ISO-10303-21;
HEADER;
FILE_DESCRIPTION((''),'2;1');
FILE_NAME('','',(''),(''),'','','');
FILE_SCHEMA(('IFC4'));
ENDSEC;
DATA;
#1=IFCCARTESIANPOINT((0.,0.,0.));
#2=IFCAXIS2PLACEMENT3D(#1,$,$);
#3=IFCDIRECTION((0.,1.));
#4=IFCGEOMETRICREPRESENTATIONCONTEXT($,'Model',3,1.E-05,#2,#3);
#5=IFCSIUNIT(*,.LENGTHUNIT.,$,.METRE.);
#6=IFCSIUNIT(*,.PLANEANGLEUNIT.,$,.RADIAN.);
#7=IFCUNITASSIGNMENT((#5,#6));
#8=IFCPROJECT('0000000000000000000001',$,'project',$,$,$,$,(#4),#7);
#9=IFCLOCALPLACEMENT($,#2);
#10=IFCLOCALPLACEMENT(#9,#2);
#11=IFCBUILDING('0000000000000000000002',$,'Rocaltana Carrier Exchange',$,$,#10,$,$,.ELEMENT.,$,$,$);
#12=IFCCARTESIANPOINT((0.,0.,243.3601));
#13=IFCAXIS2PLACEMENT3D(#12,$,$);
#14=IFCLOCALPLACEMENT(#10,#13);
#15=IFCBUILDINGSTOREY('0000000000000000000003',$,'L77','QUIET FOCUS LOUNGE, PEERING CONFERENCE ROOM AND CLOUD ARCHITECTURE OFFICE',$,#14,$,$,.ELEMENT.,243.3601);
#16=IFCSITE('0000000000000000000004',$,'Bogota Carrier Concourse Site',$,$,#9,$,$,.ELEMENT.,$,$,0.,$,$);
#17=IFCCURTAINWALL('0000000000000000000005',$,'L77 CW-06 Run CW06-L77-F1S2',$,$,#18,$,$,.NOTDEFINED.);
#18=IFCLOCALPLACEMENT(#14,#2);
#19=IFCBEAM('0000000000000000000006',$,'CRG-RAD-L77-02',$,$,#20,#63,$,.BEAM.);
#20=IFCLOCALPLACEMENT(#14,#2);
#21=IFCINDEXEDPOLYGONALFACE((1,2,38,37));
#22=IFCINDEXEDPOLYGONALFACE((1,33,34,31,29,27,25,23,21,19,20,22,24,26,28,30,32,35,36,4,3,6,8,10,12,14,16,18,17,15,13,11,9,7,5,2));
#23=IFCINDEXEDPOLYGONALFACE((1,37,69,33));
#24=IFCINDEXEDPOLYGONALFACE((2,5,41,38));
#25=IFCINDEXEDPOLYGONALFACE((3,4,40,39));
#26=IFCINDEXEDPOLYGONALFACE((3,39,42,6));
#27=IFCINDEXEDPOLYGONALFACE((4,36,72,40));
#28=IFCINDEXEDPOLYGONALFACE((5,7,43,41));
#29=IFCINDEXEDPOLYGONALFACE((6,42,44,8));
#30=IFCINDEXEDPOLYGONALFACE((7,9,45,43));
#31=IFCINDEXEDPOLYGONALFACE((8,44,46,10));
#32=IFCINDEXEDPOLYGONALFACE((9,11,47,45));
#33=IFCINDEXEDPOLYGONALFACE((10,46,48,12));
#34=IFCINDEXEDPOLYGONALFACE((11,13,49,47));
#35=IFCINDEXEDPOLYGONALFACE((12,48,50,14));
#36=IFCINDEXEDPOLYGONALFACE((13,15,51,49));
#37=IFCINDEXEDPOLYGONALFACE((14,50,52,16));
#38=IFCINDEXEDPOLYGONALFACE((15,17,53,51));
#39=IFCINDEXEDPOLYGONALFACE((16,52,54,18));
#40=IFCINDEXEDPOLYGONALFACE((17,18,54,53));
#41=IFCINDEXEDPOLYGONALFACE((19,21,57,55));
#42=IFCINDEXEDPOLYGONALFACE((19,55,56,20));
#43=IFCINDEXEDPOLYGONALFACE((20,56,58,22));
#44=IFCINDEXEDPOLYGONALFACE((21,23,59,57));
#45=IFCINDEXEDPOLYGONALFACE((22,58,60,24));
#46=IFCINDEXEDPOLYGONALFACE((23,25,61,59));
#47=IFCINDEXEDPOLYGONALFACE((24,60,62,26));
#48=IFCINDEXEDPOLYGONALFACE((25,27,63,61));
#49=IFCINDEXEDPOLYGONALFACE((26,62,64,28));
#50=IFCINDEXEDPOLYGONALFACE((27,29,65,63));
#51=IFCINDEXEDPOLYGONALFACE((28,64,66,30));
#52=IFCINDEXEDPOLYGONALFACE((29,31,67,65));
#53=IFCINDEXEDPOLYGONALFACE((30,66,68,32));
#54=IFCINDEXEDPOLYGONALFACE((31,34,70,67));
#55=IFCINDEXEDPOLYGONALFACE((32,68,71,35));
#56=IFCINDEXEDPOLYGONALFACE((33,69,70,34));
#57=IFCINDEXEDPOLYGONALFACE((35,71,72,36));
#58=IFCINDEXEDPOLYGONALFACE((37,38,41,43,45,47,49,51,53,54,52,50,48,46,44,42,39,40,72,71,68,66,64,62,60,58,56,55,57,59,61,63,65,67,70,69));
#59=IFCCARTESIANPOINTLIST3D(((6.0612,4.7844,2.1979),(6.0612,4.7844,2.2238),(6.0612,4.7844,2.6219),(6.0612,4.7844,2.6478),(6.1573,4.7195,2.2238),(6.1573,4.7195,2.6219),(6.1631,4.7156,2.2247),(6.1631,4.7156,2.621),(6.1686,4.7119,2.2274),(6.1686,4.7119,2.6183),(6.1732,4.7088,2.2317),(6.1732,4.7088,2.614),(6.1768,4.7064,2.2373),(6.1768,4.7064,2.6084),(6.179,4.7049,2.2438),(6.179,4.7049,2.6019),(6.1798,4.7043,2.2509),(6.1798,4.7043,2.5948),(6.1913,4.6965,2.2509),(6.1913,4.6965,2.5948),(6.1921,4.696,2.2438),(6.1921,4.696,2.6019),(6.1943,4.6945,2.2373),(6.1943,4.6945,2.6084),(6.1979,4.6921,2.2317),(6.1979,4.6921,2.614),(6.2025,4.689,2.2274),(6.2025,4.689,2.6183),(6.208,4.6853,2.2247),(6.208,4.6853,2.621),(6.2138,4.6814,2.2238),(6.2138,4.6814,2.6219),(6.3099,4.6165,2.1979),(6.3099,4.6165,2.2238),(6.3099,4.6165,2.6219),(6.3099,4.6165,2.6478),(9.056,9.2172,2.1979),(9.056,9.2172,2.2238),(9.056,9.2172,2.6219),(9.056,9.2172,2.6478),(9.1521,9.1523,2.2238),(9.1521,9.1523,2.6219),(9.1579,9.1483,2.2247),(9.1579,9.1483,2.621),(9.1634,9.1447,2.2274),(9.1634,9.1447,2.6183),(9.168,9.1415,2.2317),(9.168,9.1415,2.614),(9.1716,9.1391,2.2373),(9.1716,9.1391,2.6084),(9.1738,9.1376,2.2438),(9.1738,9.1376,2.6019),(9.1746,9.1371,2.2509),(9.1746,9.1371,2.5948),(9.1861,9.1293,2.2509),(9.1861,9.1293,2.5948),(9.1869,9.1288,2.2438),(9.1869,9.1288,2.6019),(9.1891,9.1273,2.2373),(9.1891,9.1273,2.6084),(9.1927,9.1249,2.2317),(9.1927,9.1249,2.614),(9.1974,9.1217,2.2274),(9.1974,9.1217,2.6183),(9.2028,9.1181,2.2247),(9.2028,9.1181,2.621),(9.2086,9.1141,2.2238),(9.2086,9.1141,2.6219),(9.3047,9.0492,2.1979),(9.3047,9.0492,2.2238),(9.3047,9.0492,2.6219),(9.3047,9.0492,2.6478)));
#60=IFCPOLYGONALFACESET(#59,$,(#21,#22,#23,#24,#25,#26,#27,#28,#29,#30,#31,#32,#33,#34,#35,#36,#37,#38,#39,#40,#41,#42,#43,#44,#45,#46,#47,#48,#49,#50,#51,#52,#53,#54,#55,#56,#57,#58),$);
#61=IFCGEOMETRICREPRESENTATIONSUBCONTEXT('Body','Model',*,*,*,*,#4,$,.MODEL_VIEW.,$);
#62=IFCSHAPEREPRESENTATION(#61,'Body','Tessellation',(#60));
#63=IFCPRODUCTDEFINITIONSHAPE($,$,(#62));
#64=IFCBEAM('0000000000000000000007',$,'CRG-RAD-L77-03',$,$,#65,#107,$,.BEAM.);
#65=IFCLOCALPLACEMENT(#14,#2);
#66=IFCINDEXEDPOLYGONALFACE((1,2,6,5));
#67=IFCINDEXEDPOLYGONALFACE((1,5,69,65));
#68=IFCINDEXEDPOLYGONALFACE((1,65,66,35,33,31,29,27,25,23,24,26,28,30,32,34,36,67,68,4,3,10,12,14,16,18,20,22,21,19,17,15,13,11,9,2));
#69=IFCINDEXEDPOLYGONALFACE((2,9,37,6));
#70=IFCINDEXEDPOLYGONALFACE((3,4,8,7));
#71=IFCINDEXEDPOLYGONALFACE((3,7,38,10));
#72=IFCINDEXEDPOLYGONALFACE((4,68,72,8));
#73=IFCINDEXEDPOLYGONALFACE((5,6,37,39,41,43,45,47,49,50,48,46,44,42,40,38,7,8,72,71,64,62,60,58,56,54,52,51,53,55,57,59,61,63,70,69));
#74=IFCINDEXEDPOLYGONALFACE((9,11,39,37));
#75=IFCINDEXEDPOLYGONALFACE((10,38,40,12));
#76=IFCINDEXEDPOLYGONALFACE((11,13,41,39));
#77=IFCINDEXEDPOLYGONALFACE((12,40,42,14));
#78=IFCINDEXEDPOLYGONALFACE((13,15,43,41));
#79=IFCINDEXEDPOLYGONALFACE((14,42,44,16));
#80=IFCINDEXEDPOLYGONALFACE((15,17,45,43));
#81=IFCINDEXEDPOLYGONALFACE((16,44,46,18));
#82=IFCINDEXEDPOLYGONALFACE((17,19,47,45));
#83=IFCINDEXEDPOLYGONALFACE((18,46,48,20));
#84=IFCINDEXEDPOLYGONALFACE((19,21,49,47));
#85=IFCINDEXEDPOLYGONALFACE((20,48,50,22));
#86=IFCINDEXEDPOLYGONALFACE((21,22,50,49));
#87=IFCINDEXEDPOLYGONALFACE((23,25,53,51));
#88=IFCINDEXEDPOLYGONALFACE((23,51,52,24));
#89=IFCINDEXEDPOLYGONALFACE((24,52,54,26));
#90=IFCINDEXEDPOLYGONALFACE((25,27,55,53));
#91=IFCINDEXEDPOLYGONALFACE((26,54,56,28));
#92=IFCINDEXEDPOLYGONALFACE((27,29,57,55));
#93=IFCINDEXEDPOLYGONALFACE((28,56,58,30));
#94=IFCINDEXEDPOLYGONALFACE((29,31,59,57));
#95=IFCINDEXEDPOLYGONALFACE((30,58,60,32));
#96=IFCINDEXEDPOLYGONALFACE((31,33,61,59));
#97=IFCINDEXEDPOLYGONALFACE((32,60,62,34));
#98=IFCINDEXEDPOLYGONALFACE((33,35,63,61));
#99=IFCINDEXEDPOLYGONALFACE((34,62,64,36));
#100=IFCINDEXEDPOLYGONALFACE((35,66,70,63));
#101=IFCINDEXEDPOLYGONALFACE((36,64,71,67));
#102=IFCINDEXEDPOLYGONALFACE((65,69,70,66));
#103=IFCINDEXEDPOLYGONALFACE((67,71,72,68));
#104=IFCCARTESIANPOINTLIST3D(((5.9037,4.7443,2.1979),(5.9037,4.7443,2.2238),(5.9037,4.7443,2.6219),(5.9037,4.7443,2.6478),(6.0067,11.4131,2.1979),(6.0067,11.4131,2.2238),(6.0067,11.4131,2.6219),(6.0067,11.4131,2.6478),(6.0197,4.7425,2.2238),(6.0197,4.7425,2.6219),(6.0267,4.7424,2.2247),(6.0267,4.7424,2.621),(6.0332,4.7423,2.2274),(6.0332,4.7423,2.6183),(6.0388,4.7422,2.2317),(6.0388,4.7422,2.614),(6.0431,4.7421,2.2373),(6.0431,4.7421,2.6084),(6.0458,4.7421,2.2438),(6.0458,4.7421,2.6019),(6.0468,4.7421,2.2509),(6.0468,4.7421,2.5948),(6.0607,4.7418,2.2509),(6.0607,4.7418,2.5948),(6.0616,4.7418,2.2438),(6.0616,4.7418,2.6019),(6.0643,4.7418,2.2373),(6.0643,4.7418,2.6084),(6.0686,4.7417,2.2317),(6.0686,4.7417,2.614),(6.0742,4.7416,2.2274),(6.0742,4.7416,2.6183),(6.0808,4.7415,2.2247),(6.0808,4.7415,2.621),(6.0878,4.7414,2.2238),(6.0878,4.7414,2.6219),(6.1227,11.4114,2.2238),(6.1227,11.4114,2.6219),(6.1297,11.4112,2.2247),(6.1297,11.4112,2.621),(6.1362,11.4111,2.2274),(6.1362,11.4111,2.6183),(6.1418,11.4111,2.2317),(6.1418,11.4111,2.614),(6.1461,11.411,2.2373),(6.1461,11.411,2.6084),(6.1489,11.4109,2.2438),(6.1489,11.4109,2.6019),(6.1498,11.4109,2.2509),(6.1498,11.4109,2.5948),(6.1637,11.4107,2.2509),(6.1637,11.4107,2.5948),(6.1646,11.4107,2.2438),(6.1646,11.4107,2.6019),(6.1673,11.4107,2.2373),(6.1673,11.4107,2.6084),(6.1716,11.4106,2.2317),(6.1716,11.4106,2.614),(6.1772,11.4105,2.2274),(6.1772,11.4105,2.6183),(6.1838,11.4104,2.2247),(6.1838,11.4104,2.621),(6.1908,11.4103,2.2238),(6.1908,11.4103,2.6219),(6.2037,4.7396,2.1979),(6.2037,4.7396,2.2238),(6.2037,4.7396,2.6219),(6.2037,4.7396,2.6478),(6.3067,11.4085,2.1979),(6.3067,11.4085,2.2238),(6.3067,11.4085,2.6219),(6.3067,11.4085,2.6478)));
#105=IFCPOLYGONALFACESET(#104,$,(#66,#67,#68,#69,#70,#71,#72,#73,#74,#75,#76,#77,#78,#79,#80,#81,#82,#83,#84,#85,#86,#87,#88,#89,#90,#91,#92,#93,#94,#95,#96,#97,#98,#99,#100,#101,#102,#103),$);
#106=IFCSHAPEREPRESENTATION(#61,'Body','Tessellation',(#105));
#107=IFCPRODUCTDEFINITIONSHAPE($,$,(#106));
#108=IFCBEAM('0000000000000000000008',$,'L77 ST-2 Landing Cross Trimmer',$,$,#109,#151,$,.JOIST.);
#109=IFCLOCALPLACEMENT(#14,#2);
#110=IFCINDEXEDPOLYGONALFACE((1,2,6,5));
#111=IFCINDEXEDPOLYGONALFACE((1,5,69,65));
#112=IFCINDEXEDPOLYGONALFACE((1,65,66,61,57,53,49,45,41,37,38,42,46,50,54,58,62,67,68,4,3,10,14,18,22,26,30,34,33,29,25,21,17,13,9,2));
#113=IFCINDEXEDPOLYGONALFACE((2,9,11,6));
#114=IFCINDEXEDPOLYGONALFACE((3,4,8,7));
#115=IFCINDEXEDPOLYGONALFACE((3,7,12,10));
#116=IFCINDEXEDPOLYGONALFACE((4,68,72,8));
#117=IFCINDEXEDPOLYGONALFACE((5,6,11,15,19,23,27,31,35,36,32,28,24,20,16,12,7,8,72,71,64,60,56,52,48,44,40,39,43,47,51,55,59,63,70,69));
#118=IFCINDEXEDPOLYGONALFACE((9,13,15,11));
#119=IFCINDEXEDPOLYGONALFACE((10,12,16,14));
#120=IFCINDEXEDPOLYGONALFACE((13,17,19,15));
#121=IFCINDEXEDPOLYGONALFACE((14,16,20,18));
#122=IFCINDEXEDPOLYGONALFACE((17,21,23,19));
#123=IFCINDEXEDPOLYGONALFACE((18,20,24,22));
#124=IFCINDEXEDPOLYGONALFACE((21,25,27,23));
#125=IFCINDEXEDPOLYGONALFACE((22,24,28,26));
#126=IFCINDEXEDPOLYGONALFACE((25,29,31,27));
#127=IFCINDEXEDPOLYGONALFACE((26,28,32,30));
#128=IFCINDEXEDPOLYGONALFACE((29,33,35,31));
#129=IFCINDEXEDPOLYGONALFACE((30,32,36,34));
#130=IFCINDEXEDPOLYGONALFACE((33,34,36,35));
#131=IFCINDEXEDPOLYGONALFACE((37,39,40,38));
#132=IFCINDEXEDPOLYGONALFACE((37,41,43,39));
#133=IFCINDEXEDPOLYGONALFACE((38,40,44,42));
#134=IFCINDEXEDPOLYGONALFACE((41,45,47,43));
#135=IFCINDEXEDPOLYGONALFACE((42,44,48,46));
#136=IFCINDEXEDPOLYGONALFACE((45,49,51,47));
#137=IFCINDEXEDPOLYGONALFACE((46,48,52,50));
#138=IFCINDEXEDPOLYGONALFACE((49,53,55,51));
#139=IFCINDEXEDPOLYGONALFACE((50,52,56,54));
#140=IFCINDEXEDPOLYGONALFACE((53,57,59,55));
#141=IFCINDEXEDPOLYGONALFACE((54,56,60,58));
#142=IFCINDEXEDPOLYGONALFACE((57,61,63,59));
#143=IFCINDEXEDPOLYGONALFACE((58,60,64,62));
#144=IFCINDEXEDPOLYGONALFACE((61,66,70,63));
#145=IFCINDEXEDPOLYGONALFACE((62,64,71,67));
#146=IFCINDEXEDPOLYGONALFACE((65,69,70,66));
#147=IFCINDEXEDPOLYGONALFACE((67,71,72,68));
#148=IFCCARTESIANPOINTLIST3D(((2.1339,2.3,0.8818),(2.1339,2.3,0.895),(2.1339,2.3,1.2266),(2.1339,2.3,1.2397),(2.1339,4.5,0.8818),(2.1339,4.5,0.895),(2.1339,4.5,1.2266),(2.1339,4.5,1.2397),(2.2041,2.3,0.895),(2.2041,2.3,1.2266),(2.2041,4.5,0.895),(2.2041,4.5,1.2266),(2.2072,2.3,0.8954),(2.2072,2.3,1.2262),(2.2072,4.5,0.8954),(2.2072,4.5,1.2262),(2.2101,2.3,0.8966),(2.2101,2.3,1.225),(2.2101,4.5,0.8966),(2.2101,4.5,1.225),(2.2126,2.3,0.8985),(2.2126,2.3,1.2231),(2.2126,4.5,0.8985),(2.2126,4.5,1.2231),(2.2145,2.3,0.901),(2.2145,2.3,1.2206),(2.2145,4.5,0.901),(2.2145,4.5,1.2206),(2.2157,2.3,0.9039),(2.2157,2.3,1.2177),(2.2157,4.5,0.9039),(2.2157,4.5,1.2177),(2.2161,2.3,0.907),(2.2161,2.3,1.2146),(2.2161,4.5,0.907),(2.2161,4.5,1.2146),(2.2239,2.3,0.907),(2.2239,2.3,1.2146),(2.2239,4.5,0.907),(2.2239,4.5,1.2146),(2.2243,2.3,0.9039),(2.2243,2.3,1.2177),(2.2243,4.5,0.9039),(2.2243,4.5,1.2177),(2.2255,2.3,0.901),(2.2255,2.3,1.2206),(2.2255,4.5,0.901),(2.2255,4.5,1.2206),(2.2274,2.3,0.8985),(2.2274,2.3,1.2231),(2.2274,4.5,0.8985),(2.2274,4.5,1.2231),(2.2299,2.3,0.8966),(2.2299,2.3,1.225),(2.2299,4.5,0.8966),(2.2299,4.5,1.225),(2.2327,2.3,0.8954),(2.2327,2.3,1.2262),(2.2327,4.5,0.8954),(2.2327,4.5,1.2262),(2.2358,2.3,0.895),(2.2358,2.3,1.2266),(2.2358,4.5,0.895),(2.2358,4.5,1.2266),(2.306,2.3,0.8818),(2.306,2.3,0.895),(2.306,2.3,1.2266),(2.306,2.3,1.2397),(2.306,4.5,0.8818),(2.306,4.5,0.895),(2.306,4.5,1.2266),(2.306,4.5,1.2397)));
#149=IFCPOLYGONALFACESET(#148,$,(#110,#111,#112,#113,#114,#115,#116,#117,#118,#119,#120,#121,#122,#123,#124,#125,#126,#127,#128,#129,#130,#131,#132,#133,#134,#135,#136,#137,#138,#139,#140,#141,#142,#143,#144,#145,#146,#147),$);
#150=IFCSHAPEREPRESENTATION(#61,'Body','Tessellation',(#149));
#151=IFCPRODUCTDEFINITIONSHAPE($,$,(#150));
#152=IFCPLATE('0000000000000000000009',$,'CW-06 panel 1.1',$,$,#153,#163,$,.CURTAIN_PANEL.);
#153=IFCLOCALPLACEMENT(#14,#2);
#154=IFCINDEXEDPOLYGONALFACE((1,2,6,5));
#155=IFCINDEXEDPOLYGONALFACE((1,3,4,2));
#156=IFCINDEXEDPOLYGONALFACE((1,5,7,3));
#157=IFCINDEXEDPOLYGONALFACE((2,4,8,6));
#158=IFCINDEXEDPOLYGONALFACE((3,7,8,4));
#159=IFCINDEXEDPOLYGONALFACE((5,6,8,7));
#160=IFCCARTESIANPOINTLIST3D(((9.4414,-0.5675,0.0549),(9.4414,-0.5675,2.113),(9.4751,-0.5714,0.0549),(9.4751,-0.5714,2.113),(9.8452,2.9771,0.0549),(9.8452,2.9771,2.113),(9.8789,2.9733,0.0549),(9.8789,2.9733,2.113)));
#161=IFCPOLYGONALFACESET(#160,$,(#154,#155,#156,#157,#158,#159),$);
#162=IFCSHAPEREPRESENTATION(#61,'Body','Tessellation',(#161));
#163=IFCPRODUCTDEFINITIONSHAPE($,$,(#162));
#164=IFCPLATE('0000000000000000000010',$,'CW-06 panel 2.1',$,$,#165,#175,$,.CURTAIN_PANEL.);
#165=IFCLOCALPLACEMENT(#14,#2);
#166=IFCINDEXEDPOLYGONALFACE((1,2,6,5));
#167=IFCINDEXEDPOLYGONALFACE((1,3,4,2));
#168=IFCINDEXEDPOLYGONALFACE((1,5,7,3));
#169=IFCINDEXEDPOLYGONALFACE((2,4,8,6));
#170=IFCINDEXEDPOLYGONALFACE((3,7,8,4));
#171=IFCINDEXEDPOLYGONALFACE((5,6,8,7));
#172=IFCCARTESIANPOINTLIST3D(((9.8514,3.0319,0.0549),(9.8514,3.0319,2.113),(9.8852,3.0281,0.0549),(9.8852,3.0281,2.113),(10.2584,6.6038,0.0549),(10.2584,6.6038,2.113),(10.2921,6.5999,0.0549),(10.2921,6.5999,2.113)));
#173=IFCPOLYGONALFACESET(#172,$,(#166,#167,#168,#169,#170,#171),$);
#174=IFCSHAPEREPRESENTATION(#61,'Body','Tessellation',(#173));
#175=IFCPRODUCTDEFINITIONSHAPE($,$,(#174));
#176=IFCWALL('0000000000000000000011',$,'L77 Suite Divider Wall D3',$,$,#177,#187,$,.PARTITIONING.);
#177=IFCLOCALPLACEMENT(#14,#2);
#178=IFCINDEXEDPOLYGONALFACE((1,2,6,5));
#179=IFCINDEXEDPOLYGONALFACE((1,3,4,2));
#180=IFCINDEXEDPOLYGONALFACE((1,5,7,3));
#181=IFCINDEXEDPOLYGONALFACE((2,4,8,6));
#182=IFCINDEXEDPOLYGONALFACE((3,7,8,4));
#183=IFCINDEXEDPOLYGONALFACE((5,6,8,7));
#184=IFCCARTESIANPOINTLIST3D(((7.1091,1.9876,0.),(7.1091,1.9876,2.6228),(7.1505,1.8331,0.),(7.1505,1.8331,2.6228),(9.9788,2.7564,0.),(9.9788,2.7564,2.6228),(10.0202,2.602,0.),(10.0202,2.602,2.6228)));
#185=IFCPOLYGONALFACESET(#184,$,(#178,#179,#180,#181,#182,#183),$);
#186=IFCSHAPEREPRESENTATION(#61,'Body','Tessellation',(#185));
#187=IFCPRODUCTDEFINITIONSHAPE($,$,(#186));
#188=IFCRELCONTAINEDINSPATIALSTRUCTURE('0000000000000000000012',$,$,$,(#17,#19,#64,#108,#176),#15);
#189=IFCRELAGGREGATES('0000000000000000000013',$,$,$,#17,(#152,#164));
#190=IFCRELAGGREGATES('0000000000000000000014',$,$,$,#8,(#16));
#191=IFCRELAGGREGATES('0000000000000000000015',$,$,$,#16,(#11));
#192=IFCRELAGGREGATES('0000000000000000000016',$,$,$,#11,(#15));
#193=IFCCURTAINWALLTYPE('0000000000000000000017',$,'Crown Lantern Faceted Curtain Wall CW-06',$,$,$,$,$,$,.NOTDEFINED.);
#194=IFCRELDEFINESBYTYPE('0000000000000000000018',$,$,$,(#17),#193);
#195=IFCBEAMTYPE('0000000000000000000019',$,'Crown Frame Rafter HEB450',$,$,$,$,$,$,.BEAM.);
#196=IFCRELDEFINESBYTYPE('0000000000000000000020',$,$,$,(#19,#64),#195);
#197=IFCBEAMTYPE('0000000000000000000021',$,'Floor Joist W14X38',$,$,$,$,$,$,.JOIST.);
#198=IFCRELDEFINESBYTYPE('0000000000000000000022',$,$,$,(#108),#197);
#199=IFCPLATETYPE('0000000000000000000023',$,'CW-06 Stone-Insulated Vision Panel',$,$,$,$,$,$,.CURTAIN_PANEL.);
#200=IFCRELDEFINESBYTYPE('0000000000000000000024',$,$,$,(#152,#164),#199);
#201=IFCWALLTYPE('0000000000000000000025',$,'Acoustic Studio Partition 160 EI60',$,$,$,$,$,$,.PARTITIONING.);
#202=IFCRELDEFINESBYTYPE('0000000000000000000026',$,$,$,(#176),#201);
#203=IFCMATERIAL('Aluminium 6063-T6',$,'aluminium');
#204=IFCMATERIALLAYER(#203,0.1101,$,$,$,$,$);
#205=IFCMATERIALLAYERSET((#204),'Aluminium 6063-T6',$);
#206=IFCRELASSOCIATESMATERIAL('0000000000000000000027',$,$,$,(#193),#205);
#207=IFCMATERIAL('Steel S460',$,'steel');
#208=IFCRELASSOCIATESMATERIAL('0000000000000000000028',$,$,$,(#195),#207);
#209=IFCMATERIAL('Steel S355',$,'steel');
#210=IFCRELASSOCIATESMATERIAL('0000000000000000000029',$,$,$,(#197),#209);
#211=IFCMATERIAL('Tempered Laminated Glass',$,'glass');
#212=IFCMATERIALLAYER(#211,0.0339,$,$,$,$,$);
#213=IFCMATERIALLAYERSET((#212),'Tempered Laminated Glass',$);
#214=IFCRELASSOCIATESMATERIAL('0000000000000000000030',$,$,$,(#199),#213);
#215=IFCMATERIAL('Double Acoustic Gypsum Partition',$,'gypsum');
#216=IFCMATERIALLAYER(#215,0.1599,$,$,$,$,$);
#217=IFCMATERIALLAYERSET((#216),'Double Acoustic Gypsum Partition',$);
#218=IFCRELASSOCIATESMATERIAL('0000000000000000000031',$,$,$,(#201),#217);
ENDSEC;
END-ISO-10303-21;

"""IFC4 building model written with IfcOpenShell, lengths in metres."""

from ifc_helpers import new_model, si_unit, direction, frame, frame_2d, origin, origin_2d, place, context, subcontext, project, spatial, rectangle, i_section, extrude, material, layer, layer_set, material_profile, profile_set, type_object, element, aggregate, save


model = new_model("IFC4")

# Units and contexts
model_context = context("Model", 3, precision=1e-05, world=origin(), true_north=direction((0.0, 1.0)))
body_context = subcontext(model_context, "Body", "Model", "MODEL_VIEW")
ifc_project = project(units=[si_unit("LENGTHUNIT", "METRE"), si_unit("PLANEANGLEUNIT", "RADIAN")], contexts=[model_context])

# Site, building, storey
site_placement = place(None, origin())
site = spatial("IfcSite", under=ifc_project, at=site_placement, Name="Bogota Carrier Concourse Site", CompositionType="ELEMENT", RefElevation=0.0)
building_placement = place(site_placement, origin())
building = spatial("IfcBuilding", under=site, at=building_placement, Name="Rocaltana Carrier Exchange", CompositionType="ELEMENT")
storey_placement = place(building_placement, frame((0.0, 0.0, 243.3601)))
storey = spatial("IfcBuildingStorey", under=building, at=storey_placement, Name="L77", Description="QUIET FOCUS LOUNGE, PEERING CONFERENCE ROOM AND CLOUD ARCHITECTURE OFFICE", CompositionType="ELEMENT", Elevation=243.3601)

# Curtain wall
ifc_material_1 = material(Name="Aluminium 6063-T6", Category="aluminium")
ifc_layer_1 = layer(ifc_material_1, 0.1101)
ifc_layer_set_1 = layer_set([ifc_layer_1], Name="Aluminium 6063-T6")
curtain_wall_type = type_object("IfcCurtainWallType", Name="Crown Lantern Faceted Curtain Wall CW-06", PredefinedType="NOTDEFINED", material=ifc_layer_set_1)
curtain_wall_placement = place(storey_placement, origin())
curtain_wall = element("IfcCurtainWall", 1, at=curtain_wall_placement, inside=storey, type_object=curtain_wall_type, Name="L77 CW-06 Run CW06-L77-F1S2", PredefinedType="NOTDEFINED")

# Beams
ifc_material_2 = material(Name="Steel S460", Category="steel")
ifc_material_profile_1 = material_profile(ifc_material_2, i_section(OverallWidth=0.3, OverallDepth=0.45, WebThickness=0.0139, FlangeThickness=0.0259, FilletRadius=0.0271, at=origin_2d()), Name="HEB450")
ifc_profile_set_1 = profile_set([ifc_material_profile_1], Name="Steel S460")
beam_type_1 = type_object("IfcBeamType", Name="Crown Frame Rafter HEB450", PredefinedType="BEAM", material=ifc_profile_set_1)
beam_1_placement = place(storey_placement, frame((6.1855, 4.7004, 2.4229), z_axis=(0.559818, 0.828615, 0.0), x_axis=(-0.828615, 0.559818, 0.0)))
element("IfcBeam", 2, at=beam_1_placement, inside=storey, type_object=beam_type_1, Name="CRG-RAD-L77-02", PredefinedType="BEAM", context=body_context, shape_type="SweptSolid", body=[
    extrude(i_section(OverallWidth=0.3, OverallDepth=0.45, WebThickness=0.0139, FlangeThickness=0.0259, FilletRadius=0.0271, at=origin_2d()), origin(), (0.0, 0.0, 1.0), 5.3496),
])
beam_2_placement = place(storey_placement, frame((6.0537, 4.7419, 2.4229), z_axis=(0.015447, 0.999881, 0.0), x_axis=(-0.999881, 0.015447, 0.0)))
element("IfcBeam", 3, at=beam_2_placement, inside=storey, type_object=beam_type_1, Name="CRG-RAD-L77-03", PredefinedType="BEAM", context=body_context, shape_type="SweptSolid", body=[
    extrude(i_section(OverallWidth=0.3, OverallDepth=0.45, WebThickness=0.0139, FlangeThickness=0.0259, FilletRadius=0.0271, at=origin_2d()), origin(), (0.0, 0.0, 1.0), 6.6697),
])
ifc_material_3 = material(Name="Steel S355", Category="steel")
ifc_material_profile_2 = material_profile(ifc_material_3, i_section(OverallWidth=0.1721, OverallDepth=0.3579, WebThickness=0.0078, FlangeThickness=0.0132, FilletRadius=0.012, at=origin_2d()), Name="W14X38")
ifc_profile_set_2 = profile_set([ifc_material_profile_2], Name="Steel S355")
beam_type_2 = type_object("IfcBeamType", Name="Floor Joist W14X38", PredefinedType="JOIST", material=ifc_profile_set_2)
beam_3_placement = place(storey_placement, frame((2.22, 2.3, 1.0608), z_axis=(0.0, 1.0, 0.0), x_axis=(-1.0, 0.0, 0.0)))
element("IfcBeam", 4, at=beam_3_placement, inside=storey, type_object=beam_type_2, Name="L77 ST-2 Landing Cross Trimmer", PredefinedType="JOIST", context=body_context, shape_type="SweptSolid", body=[
    extrude(i_section(OverallWidth=0.1721, OverallDepth=0.3579, WebThickness=0.0078, FlangeThickness=0.0132, FilletRadius=0.012, at=origin_2d()), origin(), (0.0, 0.0, 1.0), 2.2),
])

# Plates
ifc_material_4 = material(Name="Tempered Laminated Glass", Category="glass")
ifc_layer_2 = layer(ifc_material_4, 0.0339)
ifc_layer_set_2 = layer_set([ifc_layer_2], Name="Tempered Laminated Glass")
plate_type = type_object("IfcPlateType", Name="CW-06 Stone-Insulated Vision Panel", PredefinedType="CURTAIN_PANEL", material=ifc_layer_set_2)
plate_1_placement = place(storey_placement, frame((9.6602, 1.2029, 0.0549), z_axis=(0.0, 0.0, 1.0), x_axis=(0.113198, 0.993572, 0.0)))
plate_1 = element("IfcPlate", 5, at=plate_1_placement, type_object=plate_type, Name="CW-06 panel 1.1", PredefinedType="CURTAIN_PANEL", context=body_context, shape_type="SweptSolid", body=[
    extrude(rectangle(XDim=3.5676, YDim=0.0339, at=origin_2d()), origin(), (0.0, 0.0, 1.0), 2.0581),
])
plate_2_placement = place(storey_placement, frame((10.0718, 4.8159, 0.0549), z_axis=(0.0, 0.0, 1.0), x_axis=(0.113198, 0.993572, 0.0)))
plate_2 = element("IfcPlate", 6, at=plate_2_placement, type_object=plate_type, Name="CW-06 panel 2.1", PredefinedType="CURTAIN_PANEL", context=body_context, shape_type="SweptSolid", body=[
    extrude(rectangle(XDim=3.595, YDim=0.0339, at=origin_2d()), origin(), (0.0, 0.0, 1.0), 2.0581),
])
aggregate(curtain_wall, [plate_1, plate_2])

# Wall
ifc_material_5 = material(Name="Double Acoustic Gypsum Partition", Category="gypsum")
ifc_layer_3 = layer(ifc_material_5, 0.1599)
ifc_layer_set_3 = layer_set([ifc_layer_3], Name="Double Acoustic Gypsum Partition")
wall_type_1 = type_object("IfcWallType", Name="Acoustic Studio Partition 160 EI60", PredefinedType="PARTITIONING", material=ifc_layer_set_3)
wall_1_placement = place(storey_placement, frame((7.1299, 1.9104, 0.0), z_axis=(0.0, 0.0, 1.0), x_axis=(0.965936, 0.258783, 0.0)))
element("IfcWall", 7, at=wall_1_placement, inside=storey, type_object=wall_type_1, Name="L77 Suite Divider Wall D3", PredefinedType="PARTITIONING", context=body_context, shape_type="SweptSolid", body=[
    extrude(rectangle(XDim=2.9709, YDim=0.1599, at=frame_2d((1.4854, 0.0))), origin(), (0.0, 0.0, 1.0), 2.6228),
])

save(model, "model.ifc")
